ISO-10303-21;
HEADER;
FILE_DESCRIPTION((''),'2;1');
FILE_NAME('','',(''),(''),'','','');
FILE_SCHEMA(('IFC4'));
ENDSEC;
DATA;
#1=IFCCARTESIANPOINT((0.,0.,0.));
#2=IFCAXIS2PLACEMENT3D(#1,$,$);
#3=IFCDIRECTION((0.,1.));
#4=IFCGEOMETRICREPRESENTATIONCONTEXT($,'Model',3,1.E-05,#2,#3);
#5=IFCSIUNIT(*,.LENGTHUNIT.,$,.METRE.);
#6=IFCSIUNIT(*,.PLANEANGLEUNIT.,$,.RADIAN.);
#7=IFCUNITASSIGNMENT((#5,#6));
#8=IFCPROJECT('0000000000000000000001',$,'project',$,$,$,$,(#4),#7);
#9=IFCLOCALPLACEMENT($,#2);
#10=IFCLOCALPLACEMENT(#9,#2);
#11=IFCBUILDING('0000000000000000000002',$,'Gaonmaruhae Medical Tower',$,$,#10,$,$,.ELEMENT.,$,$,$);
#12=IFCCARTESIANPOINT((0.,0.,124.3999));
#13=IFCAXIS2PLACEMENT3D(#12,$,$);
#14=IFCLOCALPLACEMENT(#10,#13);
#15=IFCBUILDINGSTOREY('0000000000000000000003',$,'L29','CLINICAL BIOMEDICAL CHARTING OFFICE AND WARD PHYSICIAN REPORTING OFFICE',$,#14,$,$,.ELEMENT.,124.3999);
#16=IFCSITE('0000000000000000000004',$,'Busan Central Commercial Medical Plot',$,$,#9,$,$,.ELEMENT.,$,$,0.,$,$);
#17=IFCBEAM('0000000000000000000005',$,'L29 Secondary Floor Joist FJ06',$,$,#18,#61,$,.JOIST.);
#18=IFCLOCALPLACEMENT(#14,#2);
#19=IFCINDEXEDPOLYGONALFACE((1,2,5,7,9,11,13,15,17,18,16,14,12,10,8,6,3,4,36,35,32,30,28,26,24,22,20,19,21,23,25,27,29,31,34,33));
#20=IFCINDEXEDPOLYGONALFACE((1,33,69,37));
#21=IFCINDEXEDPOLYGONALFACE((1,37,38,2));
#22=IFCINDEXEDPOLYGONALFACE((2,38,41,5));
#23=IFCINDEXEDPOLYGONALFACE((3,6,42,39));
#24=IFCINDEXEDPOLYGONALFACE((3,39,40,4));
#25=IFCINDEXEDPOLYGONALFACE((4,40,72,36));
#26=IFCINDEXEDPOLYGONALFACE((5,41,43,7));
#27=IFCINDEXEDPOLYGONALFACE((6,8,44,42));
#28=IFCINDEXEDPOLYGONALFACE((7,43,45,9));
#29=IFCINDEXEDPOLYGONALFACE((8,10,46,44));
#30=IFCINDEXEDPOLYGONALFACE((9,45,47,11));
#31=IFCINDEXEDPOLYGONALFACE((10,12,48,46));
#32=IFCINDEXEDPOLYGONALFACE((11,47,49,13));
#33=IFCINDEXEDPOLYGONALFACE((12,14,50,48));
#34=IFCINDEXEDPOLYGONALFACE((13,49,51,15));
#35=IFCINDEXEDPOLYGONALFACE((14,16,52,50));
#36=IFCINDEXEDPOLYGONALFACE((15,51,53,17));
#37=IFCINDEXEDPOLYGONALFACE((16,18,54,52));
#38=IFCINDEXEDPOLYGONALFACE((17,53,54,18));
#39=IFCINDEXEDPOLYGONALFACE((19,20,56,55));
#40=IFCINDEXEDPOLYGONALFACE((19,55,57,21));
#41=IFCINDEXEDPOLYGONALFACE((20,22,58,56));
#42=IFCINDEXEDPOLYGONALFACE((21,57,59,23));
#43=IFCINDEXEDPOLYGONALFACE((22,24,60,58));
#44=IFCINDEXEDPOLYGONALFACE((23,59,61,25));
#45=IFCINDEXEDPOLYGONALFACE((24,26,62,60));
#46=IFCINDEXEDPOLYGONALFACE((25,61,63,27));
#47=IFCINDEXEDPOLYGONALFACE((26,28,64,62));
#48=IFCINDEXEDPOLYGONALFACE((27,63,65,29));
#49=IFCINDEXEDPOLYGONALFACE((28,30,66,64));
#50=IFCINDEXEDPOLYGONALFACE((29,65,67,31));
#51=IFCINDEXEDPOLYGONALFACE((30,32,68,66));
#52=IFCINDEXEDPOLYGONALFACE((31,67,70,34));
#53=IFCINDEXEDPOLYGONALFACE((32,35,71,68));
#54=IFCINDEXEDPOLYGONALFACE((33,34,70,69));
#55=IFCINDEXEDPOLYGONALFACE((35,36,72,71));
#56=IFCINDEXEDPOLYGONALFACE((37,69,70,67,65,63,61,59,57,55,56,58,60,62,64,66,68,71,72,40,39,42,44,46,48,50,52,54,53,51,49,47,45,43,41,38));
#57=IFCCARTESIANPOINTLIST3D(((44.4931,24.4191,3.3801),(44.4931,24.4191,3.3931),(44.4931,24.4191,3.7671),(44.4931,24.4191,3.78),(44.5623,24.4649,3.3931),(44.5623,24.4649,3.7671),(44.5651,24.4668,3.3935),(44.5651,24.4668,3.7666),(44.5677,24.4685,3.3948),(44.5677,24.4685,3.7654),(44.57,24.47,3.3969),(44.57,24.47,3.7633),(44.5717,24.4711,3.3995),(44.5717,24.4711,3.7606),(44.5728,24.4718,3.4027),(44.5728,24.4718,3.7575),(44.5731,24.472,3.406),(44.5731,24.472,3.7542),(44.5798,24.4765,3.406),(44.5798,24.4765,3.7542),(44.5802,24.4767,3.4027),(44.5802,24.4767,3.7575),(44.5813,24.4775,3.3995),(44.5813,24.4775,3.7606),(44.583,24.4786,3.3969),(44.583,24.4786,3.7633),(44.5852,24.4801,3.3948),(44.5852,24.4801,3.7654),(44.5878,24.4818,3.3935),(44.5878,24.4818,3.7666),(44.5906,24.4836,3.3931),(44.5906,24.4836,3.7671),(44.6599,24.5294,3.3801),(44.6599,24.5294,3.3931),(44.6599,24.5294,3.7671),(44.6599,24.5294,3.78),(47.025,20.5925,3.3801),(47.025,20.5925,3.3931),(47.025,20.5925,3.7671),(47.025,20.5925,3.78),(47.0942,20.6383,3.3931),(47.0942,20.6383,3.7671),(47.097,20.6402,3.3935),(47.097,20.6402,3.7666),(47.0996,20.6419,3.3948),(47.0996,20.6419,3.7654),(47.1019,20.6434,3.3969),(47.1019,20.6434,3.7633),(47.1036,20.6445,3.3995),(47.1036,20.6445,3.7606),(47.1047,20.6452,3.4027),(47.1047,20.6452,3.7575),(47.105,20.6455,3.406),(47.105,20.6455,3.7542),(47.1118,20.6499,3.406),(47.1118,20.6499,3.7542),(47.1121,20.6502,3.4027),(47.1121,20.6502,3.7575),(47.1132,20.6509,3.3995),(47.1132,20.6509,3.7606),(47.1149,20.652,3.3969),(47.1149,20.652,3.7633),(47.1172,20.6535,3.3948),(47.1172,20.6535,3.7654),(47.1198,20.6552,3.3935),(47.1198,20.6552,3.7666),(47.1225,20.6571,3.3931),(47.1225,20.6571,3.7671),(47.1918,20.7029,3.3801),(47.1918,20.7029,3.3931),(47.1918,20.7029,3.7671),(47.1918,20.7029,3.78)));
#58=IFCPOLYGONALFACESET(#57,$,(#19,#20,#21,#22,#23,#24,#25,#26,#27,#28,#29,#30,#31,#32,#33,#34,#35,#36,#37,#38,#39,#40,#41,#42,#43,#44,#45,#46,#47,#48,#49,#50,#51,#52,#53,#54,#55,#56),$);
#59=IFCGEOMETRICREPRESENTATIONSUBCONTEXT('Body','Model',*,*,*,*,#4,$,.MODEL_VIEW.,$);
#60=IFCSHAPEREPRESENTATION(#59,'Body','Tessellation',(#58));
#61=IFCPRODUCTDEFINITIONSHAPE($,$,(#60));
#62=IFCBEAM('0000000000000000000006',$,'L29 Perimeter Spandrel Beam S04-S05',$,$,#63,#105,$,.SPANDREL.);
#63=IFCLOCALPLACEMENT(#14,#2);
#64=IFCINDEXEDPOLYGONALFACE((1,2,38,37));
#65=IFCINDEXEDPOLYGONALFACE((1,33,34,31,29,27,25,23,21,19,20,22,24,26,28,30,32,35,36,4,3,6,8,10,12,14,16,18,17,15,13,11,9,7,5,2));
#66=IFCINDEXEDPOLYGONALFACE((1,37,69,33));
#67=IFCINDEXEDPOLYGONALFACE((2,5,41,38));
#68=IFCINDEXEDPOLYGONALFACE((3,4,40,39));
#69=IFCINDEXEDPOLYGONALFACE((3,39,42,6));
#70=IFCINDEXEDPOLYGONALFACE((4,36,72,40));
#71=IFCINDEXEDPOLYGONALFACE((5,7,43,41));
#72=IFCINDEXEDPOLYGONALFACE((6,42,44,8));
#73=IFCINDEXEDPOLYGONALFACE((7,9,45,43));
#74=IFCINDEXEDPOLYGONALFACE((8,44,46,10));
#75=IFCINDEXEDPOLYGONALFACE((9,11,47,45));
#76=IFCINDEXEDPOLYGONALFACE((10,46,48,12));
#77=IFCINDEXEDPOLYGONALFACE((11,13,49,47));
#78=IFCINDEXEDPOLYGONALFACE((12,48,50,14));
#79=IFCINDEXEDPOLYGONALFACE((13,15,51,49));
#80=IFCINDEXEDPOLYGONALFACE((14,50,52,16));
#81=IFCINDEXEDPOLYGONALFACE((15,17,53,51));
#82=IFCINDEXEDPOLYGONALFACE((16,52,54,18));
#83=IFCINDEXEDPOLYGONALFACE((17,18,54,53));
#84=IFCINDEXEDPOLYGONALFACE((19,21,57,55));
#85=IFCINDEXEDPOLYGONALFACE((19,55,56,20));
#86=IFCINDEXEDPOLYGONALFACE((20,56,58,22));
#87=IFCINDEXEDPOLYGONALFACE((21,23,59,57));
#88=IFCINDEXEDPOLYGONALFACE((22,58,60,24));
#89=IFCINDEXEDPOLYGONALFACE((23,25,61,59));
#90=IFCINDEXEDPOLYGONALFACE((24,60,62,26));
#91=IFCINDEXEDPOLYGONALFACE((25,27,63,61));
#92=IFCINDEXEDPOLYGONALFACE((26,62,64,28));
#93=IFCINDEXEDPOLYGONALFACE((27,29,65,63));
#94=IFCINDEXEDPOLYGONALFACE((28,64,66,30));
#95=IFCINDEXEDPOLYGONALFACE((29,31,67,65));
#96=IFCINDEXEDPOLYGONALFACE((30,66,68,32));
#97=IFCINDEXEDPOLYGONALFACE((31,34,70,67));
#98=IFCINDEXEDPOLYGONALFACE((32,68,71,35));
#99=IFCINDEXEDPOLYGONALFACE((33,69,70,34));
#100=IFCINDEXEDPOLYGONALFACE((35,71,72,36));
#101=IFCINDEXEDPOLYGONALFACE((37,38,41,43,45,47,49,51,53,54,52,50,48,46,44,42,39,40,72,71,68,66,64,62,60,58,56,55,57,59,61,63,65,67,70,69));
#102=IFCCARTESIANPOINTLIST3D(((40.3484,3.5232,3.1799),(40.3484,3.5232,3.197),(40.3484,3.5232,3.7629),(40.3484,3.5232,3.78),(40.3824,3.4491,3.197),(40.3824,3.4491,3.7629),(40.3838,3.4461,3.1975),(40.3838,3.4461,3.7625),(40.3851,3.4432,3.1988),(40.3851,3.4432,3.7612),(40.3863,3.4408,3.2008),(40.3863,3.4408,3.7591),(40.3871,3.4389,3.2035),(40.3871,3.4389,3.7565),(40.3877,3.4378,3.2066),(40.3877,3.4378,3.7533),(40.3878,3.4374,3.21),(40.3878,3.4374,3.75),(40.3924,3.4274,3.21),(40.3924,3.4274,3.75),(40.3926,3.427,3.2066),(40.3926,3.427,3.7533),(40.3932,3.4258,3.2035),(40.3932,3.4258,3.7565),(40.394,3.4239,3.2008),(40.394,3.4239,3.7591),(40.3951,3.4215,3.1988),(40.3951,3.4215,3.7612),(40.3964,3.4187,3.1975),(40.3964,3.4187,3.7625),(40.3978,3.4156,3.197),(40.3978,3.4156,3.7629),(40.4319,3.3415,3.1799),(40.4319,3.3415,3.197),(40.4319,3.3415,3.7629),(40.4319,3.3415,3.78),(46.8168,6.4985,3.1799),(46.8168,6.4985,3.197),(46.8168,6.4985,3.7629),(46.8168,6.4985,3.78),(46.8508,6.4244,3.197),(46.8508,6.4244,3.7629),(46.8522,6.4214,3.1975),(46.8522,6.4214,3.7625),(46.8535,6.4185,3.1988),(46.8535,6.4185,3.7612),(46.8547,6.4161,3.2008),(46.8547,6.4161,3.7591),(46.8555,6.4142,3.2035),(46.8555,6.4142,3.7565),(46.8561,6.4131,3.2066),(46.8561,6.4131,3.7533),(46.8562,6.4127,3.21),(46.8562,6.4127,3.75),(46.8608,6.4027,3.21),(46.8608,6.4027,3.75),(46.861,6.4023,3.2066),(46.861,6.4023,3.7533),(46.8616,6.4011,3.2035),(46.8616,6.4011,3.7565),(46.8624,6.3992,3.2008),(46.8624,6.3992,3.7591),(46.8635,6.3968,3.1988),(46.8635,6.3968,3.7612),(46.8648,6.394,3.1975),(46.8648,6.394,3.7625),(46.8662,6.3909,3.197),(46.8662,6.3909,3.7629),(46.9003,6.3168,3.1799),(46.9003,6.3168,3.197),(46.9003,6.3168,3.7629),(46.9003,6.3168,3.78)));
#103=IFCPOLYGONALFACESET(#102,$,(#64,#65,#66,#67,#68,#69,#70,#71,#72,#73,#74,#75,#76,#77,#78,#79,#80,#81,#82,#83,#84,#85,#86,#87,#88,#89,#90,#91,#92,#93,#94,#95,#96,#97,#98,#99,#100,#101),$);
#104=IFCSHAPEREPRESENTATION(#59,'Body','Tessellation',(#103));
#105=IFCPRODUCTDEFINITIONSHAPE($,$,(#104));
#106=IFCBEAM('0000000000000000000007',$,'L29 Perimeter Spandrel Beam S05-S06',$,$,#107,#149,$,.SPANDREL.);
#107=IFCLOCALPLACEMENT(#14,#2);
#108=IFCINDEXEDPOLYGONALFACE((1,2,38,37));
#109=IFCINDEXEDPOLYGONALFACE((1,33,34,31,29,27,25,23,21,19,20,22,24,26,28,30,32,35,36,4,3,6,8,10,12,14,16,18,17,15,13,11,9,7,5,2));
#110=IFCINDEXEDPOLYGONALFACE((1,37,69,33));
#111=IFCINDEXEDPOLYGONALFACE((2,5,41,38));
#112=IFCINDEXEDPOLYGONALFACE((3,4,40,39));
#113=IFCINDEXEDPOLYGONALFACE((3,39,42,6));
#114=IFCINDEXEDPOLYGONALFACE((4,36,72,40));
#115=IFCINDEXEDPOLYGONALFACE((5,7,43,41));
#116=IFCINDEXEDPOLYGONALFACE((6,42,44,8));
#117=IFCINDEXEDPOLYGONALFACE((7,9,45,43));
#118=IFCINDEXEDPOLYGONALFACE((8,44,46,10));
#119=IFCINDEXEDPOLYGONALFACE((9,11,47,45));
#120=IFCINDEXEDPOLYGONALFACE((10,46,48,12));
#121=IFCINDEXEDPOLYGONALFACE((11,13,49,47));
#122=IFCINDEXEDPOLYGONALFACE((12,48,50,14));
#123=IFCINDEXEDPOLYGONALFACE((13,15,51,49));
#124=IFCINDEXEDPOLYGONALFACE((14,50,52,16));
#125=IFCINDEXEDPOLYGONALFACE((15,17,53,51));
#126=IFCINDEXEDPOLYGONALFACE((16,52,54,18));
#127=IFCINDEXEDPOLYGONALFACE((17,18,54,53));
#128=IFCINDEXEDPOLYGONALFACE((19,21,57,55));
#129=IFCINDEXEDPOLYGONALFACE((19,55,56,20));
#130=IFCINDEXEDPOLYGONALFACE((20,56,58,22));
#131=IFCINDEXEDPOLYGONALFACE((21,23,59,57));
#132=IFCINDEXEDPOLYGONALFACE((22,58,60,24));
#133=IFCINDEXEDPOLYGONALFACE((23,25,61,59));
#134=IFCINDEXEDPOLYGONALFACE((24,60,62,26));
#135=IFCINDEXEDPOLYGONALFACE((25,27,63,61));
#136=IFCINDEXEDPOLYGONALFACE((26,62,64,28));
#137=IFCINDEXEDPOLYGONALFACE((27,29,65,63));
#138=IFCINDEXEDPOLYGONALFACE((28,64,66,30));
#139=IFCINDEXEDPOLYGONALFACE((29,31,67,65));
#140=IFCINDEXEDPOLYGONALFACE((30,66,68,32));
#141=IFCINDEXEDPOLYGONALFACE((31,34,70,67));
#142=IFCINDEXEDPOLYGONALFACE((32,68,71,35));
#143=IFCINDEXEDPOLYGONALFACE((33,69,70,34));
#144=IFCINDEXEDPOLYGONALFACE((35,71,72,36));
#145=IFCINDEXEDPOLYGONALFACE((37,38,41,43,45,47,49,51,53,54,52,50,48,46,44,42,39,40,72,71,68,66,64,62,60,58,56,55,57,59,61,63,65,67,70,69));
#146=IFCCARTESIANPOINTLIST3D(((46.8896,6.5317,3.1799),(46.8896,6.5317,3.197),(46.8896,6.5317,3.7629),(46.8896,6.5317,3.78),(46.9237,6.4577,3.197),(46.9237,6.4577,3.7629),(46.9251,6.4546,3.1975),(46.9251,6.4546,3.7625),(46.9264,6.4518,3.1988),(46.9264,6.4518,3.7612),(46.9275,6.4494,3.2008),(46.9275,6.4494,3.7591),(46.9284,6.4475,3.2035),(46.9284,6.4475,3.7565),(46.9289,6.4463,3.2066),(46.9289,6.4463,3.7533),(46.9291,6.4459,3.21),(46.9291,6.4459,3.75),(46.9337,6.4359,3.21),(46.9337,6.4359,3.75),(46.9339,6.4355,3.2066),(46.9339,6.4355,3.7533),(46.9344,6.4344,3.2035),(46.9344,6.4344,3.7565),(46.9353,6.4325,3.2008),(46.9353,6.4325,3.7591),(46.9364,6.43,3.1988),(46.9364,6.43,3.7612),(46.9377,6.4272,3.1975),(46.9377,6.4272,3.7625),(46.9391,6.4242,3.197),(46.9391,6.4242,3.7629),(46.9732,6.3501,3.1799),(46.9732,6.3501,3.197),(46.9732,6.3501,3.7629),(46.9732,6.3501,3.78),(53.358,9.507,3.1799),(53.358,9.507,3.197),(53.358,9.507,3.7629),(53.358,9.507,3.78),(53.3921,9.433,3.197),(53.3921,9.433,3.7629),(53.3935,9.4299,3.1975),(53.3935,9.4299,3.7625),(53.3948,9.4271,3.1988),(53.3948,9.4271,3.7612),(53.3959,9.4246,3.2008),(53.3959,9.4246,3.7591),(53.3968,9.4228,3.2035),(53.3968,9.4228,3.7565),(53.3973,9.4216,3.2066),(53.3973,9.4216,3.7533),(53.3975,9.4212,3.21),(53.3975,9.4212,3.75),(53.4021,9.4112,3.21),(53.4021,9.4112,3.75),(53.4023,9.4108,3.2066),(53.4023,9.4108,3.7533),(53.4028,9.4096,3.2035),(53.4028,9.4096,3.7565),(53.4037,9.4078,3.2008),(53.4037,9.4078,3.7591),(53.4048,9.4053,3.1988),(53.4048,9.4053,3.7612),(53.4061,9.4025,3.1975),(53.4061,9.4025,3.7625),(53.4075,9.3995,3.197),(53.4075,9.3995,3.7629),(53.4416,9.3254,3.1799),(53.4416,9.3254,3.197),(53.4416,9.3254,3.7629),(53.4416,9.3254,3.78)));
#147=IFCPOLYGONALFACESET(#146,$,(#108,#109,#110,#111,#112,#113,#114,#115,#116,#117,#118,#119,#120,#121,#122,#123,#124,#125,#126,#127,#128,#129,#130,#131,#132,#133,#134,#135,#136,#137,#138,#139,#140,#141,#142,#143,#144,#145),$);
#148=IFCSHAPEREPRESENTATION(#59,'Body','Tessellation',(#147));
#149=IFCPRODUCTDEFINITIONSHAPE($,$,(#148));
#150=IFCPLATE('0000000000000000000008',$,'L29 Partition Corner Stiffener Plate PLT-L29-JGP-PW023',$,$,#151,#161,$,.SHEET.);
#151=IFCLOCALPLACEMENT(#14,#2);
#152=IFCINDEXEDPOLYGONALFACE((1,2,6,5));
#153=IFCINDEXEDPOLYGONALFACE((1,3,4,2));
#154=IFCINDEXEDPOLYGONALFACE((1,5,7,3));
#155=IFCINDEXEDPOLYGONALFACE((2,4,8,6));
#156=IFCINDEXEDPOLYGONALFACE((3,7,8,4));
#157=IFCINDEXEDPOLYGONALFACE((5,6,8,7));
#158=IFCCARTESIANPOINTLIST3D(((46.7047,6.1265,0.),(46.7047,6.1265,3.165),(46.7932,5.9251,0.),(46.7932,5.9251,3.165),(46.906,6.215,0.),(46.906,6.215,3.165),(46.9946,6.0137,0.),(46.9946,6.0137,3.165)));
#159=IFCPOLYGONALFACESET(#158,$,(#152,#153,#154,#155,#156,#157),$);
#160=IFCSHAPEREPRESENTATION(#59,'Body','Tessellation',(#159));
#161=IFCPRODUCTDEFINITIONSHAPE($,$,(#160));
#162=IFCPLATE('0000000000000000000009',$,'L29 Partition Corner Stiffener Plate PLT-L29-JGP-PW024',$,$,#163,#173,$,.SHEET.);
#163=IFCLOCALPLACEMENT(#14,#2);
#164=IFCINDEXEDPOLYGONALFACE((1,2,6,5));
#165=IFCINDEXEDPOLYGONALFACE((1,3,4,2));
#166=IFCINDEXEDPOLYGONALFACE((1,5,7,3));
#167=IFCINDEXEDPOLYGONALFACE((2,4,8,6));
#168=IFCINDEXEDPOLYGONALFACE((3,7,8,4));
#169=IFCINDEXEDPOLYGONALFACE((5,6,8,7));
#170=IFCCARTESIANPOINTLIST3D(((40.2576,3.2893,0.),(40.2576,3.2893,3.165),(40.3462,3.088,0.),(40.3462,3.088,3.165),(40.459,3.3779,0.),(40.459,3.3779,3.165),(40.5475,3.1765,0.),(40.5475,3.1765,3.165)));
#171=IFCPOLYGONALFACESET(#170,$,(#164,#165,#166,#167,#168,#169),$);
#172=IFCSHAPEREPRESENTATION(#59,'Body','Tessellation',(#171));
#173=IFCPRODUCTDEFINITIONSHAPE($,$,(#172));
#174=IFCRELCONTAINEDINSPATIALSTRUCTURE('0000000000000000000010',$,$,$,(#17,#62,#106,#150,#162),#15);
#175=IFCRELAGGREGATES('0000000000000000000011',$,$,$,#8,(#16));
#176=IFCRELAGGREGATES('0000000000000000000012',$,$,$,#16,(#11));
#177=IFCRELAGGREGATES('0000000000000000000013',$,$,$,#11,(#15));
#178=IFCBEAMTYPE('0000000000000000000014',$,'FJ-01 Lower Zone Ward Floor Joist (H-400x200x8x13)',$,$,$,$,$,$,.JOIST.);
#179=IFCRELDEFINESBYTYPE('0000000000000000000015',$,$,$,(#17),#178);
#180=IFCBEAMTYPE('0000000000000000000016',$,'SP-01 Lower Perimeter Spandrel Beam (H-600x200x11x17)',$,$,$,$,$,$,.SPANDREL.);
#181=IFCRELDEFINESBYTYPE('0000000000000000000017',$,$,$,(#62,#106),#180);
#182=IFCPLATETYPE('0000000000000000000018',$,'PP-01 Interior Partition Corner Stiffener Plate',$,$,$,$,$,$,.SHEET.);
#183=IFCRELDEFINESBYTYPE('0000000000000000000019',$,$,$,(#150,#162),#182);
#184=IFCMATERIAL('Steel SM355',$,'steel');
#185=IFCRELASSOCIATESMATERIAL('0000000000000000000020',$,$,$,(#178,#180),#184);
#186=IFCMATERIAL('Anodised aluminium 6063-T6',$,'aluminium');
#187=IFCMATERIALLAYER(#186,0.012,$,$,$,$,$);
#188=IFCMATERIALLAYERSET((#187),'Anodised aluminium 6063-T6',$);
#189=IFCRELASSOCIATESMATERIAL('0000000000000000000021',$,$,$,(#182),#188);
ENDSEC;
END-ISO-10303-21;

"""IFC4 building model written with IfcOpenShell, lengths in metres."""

from ifc_helpers import new_model, si_unit, direction, frame, origin, origin_2d, place, context, subcontext, project, spatial, rectangle, i_section, extrude, material, layer, layer_set, material_profile, profile_set, type_object, element, save


model = new_model("IFC4")

# Units and contexts
model_context = context("Model", 3, precision=1e-05, world=origin(), true_north=direction((0.0, 1.0)))
body_context = subcontext(model_context, "Body", "Model", "MODEL_VIEW")
ifc_project = project(units=[si_unit("LENGTHUNIT", "METRE"), si_unit("PLANEANGLEUNIT", "RADIAN")], contexts=[model_context])

# Site, building, storey
site_placement = place(None, origin())
site = spatial("IfcSite", under=ifc_project, at=site_placement, Name="Busan Central Commercial Medical Plot", CompositionType="ELEMENT", RefElevation=0.0)
building_placement = place(site_placement, origin())
building = spatial("IfcBuilding", under=site, at=building_placement, Name="Gaonmaruhae Medical Tower", CompositionType="ELEMENT")
storey_placement = place(building_placement, frame((0.0, 0.0, 124.3999)))
storey = spatial("IfcBuildingStorey", under=building, at=storey_placement, Name="L29", Description="CLINICAL BIOMEDICAL CHARTING OFFICE AND WARD PHYSICIAN REPORTING OFFICE", CompositionType="ELEMENT", Elevation=124.3999)

# Beams
ifc_material_1 = material(Name="Steel SM355", Category="steel")
ifc_material_profile_1 = material_profile(ifc_material_1, i_section(OverallWidth=0.2, OverallDepth=0.3999, WebThickness=0.0081, FlangeThickness=0.0129, FilletRadius=0.0129, at=origin_2d()), Name="H-400x200x8x13")
ifc_profile_set_1 = profile_set([ifc_material_profile_1], Name="Steel SM355")
beam_type_1 = type_object("IfcBeamType", Name="FJ-01 Lower Zone Ward Floor Joist (H-400x200x8x13)", PredefinedType="JOIST", material=ifc_profile_set_1)
beam_1_placement = place(storey_placement, frame((47.1084, 20.6477, 3.5801), z_axis=(-0.551811, 0.833969, 0.0), x_axis=(-0.833969, -0.551811, 0.0)))
element("IfcBeam", 1, at=beam_1_placement, inside=storey, type_object=beam_type_1, Name="L29 Secondary Floor Joist FJ06", PredefinedType="JOIST", context=body_context, shape_type="SweptSolid", body=[
    extrude(i_section(OverallWidth=0.2, OverallDepth=0.3999, WebThickness=0.0081, FlangeThickness=0.0129, FilletRadius=0.0129, at=origin_2d()), origin(), (0.0, 0.0, 1.0), 4.5884),
])
ifc_material_profile_2 = material_profile(ifc_material_1, i_section(OverallWidth=0.2, OverallDepth=0.6001, WebThickness=0.011, FlangeThickness=0.0171, FilletRadius=0.0129, at=origin_2d()), Name="H-600x200x11x17")
ifc_profile_set_2 = profile_set([ifc_material_profile_2], Name="Steel SM355")
beam_type_2 = type_object("IfcBeamType", Name="SP-01 Lower Perimeter Spandrel Beam (H-600x200x11x17)", PredefinedType="SPANDREL", material=ifc_profile_set_2)
for number, where, z_axis, x_axis, name in (
    (2, (40.3901, 3.4324, 3.48), (0.9085, 0.417886, 0.0), (-0.417886, 0.9085, 0.0), "L29 Perimeter Spandrel Beam S04-S05"),
    (3, (46.9314, 6.4409, 3.48), (0.9085, 0.417886, 0.0), (-0.417886, 0.9085, 0.0), "L29 Perimeter Spandrel Beam S05-S06"),
):
    element("IfcBeam", number, at=place(storey_placement, frame(where, z_axis=z_axis, x_axis=x_axis)), inside=storey, type_object=beam_type_2, Name=name, PredefinedType="SPANDREL", context=body_context, shape_type="SweptSolid", body=[
        extrude(i_section(OverallWidth=0.2, OverallDepth=0.6001, WebThickness=0.011, FlangeThickness=0.0171, FilletRadius=0.0129, at=origin_2d()), origin(), (0.0, 0.0, 1.0), 7.1199),
    ])

# Plates
ifc_material_2 = material(Name="Anodised aluminium 6063-T6", Category="aluminium")
ifc_layer_1 = layer(ifc_material_2, 0.012)
ifc_layer_set_1 = layer_set([ifc_layer_1], Name="Anodised aluminium 6063-T6")
plate_type = type_object("IfcPlateType", Name="PP-01 Interior Partition Corner Stiffener Plate", PredefinedType="SHEET", material=ifc_layer_set_1)
for number, where, z_axis, x_axis, name in (
    (4, (46.8496, 6.0701, 0.0), (0.0, 0.0, 1.0), (-0.915389, -0.402571, 0.0), "L29 Partition Corner Stiffener Plate PLT-L29-JGP-PW023"),
    (5, (40.4026, 3.2329, 0.0), (0.0, 0.0, 1.0), (-0.915382, -0.402587, 0.0), "L29 Partition Corner Stiffener Plate PLT-L29-JGP-PW024"),
):
    element("IfcPlate", number, at=place(storey_placement, frame(where, z_axis=z_axis, x_axis=x_axis)), inside=storey, type_object=plate_type, Name=name, PredefinedType="SHEET", context=body_context, shape_type="SweptSolid", body=[
        extrude(rectangle(XDim=0.22, YDim=0.22, at=origin_2d()), origin(), (0.0, 0.0, 1.0), 3.165),
    ])

save(model, "model.ifc")
